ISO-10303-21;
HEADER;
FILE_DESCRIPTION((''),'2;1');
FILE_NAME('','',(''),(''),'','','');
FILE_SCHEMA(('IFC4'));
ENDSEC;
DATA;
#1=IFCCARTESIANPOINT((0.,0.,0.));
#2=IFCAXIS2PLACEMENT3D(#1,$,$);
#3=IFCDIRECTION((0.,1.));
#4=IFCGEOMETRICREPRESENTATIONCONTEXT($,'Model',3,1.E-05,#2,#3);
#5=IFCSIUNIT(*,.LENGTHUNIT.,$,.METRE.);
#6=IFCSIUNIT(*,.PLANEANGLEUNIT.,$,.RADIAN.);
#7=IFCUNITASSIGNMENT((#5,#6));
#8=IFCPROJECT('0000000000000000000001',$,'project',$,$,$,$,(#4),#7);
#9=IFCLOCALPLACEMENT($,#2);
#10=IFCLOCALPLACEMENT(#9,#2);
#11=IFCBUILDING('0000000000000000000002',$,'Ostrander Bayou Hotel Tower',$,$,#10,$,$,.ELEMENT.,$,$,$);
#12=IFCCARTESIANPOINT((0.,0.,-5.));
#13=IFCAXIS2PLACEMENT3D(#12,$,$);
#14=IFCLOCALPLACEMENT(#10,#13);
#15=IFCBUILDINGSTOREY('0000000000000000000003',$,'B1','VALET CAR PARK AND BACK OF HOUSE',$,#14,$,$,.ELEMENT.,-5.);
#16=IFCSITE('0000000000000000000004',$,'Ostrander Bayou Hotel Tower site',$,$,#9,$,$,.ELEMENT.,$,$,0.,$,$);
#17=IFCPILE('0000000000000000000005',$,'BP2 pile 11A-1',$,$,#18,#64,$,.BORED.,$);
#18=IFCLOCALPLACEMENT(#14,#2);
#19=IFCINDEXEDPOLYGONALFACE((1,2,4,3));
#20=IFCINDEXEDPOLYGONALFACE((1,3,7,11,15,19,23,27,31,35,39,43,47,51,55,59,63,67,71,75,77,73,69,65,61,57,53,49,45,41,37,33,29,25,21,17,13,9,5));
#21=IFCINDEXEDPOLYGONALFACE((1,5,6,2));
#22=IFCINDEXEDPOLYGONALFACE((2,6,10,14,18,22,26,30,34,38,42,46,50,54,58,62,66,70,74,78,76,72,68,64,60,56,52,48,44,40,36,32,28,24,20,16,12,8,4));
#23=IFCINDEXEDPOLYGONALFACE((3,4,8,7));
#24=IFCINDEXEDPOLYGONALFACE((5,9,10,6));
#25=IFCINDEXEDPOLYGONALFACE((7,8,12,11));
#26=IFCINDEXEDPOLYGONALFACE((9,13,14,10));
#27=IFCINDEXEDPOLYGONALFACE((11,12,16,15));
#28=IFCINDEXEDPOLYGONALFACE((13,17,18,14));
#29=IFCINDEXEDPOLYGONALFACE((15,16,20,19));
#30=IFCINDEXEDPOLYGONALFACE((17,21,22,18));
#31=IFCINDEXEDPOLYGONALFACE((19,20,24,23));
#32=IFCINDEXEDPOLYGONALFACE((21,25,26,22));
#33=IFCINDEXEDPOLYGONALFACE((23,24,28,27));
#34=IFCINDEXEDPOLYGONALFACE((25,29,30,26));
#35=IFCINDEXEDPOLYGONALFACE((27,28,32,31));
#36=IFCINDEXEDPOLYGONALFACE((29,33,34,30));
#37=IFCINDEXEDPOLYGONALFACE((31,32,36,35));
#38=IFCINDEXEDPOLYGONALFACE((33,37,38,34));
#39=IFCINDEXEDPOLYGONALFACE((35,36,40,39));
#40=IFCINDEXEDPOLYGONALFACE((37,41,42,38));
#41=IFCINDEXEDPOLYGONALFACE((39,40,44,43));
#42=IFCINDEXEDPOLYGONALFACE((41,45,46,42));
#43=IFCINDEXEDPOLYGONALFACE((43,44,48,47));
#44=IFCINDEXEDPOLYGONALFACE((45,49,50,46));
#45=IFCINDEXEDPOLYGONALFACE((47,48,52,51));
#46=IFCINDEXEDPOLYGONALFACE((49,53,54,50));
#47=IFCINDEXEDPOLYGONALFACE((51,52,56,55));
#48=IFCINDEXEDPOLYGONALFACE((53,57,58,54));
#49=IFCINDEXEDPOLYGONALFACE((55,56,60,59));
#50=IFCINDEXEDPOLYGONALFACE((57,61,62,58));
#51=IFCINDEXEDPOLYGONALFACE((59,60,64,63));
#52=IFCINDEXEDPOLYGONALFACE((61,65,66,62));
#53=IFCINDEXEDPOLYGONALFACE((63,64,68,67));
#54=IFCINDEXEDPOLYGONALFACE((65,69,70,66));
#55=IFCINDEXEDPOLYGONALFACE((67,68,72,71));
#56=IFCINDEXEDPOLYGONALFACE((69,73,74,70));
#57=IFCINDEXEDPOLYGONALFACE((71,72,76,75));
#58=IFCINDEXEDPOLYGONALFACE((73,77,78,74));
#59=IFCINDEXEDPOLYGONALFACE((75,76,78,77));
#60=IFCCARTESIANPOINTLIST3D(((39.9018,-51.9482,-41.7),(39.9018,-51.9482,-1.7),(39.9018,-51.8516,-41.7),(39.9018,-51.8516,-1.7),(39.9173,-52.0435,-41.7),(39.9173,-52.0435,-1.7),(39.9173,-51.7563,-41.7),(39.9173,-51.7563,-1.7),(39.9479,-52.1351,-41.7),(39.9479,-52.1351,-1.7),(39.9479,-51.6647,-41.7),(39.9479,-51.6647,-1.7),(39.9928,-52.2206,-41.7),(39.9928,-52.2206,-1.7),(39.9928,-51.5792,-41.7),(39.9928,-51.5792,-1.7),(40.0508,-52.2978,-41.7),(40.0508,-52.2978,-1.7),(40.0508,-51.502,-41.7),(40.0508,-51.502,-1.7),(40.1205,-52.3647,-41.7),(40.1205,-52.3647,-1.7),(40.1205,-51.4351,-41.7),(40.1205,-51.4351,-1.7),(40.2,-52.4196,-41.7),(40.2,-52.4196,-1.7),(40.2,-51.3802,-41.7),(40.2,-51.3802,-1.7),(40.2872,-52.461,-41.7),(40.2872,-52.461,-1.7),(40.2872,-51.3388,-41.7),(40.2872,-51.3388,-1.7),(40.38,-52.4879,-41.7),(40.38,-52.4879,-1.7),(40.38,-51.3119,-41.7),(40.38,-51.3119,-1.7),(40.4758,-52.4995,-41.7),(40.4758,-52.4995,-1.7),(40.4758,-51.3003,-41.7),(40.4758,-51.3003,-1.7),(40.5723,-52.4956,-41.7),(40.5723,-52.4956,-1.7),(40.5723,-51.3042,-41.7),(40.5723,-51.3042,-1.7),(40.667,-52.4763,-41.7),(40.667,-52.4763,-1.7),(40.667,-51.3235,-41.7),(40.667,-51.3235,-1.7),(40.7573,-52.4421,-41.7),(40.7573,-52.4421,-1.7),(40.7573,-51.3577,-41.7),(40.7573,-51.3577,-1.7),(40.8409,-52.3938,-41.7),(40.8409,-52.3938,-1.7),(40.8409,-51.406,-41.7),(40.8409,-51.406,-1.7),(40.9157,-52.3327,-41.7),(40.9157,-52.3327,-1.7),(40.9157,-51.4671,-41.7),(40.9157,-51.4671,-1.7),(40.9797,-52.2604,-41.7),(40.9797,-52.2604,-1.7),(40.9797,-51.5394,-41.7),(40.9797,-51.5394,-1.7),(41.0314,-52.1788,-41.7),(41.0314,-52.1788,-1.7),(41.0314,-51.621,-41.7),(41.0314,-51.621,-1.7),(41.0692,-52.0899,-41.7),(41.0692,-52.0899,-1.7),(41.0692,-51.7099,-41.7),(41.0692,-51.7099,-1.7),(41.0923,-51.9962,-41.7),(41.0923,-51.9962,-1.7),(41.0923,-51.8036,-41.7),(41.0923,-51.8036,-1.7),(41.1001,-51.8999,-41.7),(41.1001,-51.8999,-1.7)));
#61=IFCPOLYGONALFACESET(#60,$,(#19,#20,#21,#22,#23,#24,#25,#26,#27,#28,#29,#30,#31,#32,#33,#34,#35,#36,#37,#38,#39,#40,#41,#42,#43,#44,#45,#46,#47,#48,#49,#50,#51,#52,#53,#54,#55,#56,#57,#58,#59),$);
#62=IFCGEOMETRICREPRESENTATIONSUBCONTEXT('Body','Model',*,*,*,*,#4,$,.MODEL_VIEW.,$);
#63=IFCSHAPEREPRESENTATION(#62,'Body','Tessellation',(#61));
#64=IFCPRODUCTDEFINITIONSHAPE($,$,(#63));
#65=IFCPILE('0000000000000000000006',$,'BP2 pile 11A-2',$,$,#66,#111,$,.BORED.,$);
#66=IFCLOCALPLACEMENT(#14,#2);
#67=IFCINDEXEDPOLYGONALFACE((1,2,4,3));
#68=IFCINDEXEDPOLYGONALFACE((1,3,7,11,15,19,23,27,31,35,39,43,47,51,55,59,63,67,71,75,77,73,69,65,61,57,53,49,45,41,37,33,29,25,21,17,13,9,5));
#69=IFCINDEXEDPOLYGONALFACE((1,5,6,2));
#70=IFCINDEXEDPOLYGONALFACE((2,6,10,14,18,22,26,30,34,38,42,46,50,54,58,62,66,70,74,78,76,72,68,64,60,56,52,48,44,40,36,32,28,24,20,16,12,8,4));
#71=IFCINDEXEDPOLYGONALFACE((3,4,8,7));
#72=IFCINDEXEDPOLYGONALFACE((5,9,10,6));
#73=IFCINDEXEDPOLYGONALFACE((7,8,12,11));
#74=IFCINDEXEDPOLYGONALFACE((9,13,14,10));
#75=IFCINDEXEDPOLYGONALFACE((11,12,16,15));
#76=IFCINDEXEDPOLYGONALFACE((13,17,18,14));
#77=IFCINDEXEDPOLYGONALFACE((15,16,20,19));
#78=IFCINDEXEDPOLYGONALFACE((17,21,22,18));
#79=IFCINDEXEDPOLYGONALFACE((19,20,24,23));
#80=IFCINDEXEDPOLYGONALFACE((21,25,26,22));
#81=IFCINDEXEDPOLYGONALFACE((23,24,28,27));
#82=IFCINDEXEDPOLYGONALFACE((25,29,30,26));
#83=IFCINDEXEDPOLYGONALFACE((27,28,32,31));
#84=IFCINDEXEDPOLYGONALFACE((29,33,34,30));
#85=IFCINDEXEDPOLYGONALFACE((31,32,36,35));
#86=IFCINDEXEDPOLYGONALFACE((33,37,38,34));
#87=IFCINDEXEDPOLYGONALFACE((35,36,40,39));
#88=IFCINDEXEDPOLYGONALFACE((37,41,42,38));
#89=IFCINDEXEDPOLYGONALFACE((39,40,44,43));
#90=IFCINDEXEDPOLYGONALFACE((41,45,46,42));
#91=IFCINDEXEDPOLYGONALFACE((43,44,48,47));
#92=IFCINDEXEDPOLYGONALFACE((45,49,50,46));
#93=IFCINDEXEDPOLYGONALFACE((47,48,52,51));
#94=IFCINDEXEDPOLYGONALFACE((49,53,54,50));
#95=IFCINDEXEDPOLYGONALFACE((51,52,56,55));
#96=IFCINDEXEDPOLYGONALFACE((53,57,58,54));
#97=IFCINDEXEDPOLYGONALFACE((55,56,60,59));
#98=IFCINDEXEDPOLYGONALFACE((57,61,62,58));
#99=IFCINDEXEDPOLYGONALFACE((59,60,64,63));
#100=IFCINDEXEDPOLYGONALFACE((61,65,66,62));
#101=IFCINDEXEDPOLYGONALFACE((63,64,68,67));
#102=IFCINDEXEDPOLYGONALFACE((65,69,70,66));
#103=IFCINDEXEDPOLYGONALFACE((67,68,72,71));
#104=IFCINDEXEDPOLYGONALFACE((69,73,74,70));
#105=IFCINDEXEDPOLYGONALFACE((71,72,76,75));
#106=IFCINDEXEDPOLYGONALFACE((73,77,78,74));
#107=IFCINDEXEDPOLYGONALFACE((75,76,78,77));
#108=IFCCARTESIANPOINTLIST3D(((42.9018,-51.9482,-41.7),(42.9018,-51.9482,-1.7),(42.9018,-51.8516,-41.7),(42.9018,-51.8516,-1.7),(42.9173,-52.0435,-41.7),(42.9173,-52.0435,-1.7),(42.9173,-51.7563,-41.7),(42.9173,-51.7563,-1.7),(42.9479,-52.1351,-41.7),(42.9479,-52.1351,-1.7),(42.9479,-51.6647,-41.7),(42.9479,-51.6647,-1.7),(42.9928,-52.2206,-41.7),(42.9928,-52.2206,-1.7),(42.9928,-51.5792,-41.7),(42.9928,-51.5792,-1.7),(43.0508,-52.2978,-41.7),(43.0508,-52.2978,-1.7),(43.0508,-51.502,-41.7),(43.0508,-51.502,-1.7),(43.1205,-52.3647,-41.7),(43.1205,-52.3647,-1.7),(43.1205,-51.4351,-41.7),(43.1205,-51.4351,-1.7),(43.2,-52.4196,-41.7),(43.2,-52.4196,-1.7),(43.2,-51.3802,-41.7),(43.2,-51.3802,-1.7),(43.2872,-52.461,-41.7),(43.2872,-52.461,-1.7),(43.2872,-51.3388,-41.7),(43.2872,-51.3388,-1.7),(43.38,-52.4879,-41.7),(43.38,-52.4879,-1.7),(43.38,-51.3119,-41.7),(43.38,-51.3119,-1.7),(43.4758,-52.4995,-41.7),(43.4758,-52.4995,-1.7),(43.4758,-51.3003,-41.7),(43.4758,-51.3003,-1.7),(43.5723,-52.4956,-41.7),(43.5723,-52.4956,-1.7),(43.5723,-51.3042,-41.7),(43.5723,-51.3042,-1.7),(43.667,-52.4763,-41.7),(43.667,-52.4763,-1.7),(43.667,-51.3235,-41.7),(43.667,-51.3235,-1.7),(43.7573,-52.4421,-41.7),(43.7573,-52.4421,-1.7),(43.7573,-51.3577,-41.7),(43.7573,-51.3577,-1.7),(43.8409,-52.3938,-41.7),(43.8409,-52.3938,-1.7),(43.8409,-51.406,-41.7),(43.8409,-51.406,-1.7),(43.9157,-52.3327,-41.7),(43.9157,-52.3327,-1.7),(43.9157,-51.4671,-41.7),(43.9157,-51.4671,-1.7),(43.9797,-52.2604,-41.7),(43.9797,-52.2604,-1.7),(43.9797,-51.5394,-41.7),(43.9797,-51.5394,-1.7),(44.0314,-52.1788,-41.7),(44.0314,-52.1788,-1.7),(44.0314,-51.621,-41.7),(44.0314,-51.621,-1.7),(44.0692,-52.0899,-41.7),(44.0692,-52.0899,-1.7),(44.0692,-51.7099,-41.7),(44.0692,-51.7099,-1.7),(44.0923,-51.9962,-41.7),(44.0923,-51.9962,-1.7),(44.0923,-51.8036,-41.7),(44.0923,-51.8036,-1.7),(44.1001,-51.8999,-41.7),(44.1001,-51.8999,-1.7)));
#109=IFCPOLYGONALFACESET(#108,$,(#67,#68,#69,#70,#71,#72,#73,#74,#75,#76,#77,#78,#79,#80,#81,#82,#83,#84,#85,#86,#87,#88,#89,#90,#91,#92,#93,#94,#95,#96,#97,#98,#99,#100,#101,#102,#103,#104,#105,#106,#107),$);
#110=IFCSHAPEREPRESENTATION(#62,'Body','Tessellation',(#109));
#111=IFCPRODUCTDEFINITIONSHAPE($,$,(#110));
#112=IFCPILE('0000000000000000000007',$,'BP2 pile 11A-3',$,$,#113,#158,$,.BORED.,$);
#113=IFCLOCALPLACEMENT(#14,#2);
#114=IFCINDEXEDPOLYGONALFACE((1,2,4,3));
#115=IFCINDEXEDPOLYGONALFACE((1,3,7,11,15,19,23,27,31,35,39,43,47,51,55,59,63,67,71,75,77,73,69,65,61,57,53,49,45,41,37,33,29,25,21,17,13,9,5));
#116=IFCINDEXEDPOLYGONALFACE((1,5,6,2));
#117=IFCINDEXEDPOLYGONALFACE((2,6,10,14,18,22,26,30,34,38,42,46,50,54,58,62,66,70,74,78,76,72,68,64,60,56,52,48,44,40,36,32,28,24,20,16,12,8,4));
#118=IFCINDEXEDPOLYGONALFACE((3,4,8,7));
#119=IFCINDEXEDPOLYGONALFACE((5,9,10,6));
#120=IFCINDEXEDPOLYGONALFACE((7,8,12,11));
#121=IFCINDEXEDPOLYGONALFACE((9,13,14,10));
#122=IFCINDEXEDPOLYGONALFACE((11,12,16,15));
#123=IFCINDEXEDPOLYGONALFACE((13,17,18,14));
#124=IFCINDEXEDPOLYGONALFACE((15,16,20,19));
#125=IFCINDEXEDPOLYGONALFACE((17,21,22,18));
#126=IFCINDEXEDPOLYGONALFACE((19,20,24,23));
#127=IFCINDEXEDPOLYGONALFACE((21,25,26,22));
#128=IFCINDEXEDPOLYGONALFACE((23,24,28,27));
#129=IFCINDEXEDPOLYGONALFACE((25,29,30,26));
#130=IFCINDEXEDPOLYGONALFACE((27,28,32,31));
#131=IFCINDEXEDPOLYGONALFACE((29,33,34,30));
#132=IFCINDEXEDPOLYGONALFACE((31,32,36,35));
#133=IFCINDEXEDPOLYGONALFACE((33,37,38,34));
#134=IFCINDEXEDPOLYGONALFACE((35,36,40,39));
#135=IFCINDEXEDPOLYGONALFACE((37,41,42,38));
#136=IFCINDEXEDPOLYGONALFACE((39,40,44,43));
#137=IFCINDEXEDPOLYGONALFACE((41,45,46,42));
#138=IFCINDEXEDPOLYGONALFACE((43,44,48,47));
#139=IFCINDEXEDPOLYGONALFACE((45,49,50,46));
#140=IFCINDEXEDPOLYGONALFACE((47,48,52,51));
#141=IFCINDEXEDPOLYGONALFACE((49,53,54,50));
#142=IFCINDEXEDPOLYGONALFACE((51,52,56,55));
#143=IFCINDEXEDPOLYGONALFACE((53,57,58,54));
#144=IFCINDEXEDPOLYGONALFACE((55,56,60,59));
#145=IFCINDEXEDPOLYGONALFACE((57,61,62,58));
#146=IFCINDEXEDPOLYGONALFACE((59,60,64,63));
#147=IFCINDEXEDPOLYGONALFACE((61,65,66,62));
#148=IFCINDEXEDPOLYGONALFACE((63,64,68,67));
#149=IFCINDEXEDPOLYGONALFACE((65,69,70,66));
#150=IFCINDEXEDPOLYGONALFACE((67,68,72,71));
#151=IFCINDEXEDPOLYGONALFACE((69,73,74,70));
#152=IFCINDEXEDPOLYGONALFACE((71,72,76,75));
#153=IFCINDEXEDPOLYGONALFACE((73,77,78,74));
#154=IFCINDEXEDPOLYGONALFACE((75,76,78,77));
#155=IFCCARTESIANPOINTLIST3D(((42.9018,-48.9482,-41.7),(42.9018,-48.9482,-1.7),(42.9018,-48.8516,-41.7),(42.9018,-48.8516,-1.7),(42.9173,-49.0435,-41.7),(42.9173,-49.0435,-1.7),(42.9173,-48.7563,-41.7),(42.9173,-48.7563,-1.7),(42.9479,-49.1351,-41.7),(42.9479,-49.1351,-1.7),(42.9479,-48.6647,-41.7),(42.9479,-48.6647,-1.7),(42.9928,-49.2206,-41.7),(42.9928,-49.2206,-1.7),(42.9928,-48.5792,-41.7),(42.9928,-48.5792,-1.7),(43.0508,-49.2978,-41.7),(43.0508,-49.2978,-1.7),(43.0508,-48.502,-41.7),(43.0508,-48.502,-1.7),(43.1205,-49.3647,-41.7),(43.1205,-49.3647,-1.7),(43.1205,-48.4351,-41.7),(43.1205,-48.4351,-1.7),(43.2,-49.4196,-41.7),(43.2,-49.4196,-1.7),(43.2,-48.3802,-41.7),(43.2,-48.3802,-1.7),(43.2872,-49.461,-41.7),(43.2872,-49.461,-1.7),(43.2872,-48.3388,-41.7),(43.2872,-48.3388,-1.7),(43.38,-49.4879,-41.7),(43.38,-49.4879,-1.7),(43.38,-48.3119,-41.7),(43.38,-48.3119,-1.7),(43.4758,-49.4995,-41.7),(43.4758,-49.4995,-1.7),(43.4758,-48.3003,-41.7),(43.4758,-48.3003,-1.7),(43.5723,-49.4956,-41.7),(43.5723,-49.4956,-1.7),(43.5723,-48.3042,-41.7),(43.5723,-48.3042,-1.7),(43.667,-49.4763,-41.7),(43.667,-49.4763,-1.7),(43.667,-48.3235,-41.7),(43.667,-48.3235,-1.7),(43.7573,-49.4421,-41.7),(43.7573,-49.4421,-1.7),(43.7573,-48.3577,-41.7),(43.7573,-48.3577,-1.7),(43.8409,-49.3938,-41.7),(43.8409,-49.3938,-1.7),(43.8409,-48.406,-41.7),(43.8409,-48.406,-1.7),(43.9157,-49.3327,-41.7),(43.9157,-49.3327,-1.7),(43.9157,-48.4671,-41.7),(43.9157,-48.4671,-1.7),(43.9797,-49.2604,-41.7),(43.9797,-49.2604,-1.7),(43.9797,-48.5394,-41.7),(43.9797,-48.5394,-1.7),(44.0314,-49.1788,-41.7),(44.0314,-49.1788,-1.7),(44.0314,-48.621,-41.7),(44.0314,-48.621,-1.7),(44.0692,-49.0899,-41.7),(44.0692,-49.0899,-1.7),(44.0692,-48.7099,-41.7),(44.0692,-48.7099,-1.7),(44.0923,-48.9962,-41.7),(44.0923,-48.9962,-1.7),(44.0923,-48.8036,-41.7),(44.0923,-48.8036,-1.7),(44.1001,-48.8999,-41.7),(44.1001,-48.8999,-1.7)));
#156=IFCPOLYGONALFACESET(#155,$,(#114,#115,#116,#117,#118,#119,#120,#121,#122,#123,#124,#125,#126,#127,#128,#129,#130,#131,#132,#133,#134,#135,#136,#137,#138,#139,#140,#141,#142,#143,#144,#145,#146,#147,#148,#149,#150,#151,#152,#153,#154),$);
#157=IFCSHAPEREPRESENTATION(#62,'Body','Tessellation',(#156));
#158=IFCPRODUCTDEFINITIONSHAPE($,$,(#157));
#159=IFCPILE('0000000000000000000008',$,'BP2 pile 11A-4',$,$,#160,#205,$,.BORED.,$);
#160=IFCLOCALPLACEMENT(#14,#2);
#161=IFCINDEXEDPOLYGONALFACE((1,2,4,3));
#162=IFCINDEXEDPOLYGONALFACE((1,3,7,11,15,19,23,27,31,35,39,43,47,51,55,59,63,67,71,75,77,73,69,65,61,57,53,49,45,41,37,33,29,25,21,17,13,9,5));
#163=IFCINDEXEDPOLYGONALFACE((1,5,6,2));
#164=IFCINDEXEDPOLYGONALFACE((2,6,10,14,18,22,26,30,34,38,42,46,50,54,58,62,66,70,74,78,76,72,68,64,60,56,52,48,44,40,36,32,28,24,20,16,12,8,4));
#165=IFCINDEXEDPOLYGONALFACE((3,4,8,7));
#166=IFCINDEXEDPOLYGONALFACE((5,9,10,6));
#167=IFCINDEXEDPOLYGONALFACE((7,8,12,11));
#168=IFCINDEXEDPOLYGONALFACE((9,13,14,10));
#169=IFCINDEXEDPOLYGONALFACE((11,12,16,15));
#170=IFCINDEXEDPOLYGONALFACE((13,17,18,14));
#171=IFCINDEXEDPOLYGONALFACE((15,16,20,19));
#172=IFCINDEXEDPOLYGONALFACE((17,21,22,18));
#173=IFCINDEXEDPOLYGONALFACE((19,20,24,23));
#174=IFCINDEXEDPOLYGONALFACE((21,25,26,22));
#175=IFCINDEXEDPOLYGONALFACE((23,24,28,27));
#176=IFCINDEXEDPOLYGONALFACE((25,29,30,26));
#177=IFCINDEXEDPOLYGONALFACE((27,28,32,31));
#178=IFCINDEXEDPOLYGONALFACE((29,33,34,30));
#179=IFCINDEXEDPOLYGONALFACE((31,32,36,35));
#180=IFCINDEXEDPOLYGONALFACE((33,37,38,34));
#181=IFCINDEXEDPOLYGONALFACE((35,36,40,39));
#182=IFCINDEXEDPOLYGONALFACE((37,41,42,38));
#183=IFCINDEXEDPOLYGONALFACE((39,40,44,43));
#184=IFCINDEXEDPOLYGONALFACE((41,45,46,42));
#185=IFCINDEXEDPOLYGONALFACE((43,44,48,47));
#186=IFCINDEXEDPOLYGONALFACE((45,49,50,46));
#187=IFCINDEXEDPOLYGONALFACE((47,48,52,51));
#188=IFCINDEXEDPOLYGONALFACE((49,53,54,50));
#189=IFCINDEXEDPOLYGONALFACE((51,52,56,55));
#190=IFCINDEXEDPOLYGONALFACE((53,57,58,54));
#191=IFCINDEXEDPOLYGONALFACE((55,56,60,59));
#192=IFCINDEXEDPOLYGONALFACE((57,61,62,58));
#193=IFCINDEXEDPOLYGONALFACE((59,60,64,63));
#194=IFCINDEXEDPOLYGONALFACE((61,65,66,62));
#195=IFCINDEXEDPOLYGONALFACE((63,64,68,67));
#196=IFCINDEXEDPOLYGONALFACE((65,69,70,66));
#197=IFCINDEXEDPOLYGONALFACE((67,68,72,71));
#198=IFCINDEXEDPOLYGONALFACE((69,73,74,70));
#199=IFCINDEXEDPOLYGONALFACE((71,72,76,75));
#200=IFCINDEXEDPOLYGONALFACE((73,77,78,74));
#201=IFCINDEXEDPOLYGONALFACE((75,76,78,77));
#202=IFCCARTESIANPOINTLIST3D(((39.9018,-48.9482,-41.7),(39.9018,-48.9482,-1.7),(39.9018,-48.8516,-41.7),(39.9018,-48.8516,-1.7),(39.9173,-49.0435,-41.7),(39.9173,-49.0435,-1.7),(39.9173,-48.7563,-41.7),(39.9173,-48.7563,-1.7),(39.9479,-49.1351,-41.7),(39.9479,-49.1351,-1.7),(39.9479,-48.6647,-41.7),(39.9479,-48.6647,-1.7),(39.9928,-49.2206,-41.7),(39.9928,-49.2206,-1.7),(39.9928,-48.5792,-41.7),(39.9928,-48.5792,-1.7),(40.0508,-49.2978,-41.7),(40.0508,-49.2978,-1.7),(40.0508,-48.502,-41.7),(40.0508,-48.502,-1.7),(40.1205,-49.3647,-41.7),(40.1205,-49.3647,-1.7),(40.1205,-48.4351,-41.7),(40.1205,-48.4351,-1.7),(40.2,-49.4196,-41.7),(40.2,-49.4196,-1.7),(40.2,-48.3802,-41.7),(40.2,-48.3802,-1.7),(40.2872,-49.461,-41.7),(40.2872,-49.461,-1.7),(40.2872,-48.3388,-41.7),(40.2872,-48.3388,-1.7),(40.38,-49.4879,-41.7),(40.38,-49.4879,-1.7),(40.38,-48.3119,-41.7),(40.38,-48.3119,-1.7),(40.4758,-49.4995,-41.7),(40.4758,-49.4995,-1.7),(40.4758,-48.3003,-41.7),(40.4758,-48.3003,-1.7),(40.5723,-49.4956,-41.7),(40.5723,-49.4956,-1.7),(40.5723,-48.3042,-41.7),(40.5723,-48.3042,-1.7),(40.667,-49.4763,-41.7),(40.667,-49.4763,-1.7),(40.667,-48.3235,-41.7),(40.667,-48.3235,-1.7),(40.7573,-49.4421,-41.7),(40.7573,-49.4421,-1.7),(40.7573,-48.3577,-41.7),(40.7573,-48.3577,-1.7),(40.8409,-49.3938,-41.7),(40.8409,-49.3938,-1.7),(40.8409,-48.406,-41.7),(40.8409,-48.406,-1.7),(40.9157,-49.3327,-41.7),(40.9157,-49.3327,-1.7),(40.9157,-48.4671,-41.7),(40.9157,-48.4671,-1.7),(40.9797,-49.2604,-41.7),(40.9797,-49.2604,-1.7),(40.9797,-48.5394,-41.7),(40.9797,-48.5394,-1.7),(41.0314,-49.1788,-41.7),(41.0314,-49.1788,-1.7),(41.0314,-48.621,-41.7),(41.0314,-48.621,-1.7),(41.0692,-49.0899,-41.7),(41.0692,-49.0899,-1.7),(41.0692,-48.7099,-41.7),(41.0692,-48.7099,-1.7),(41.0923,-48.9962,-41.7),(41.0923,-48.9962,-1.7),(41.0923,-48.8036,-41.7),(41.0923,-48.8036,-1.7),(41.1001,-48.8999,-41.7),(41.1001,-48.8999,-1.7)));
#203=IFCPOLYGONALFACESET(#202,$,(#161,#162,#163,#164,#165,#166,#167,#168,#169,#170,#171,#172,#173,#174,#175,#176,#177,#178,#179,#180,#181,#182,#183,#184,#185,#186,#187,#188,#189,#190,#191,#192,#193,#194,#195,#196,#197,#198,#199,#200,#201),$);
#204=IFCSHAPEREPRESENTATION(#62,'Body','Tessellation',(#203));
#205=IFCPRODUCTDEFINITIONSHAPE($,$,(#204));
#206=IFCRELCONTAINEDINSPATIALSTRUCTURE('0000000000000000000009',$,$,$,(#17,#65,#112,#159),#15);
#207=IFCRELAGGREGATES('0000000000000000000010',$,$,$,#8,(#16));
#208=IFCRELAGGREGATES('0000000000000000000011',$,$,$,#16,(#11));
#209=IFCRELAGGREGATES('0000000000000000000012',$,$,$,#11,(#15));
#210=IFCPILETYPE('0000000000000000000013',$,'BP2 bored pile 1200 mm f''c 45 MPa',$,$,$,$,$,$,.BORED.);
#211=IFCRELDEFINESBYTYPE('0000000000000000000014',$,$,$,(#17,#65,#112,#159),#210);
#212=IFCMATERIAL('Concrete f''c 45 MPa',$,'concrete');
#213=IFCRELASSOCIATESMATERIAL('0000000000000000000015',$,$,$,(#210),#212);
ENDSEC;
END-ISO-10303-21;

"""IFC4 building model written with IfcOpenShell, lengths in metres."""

from ifc_helpers import new_model, si_unit, direction, frame, origin, origin_2d, place, context, subcontext, project, spatial, circle, extrude, material, material_profile, profile_set, type_object, element, save


model = new_model("IFC4")

# Units and contexts
model_context = context("Model", 3, precision=1e-05, world=origin(), true_north=direction((0.0, 1.0)))
body_context = subcontext(model_context, "Body", "Model", "MODEL_VIEW")
ifc_project = project(units=[si_unit("LENGTHUNIT", "METRE"), si_unit("PLANEANGLEUNIT", "RADIAN")], contexts=[model_context])

# Site, building, storey
site_placement = place(None, origin())
site = spatial("IfcSite", under=ifc_project, at=site_placement, Name="Ostrander Bayou Hotel Tower site", CompositionType="ELEMENT", RefElevation=0.0)
building_placement = place(site_placement, origin())
building = spatial("IfcBuilding", under=site, at=building_placement, Name="Ostrander Bayou Hotel Tower", CompositionType="ELEMENT")
storey_placement = place(building_placement, frame((0.0, 0.0, -5.0)))
storey = spatial("IfcBuildingStorey", under=building, at=storey_placement, Name="B1", Description="VALET CAR PARK AND BACK OF HOUSE", CompositionType="ELEMENT", Elevation=-5.0)

# Piles
ifc_material_1 = material(Name="Concrete f'c 45 MPa", Category="concrete")
ifc_material_profile_1 = material_profile(ifc_material_1, circle(Radius=0.6001, at=origin_2d()))
ifc_profile_set_1 = profile_set([ifc_material_profile_1], Name="Concrete f'c 45 MPa")
pile_type = type_object("IfcPileType", Name="BP2 bored pile 1200 mm f'c 45 MPa", PredefinedType="BORED", material=ifc_profile_set_1)
for number, where, z_axis, x_axis, name in (
    (1, (40.5, -51.8999, -1.7), (0.0, 0.0, -1.0), (1.0, 0.0, 0.0), "BP2 pile 11A-1"),
    (2, (43.5, -51.8999, -1.7), (0.0, 0.0, -1.0), (1.0, 0.0, 0.0), "BP2 pile 11A-2"),
    (3, (43.5, -48.8999, -1.7), (0.0, 0.0, -1.0), (1.0, 0.0, 0.0), "BP2 pile 11A-3"),
    (4, (40.5, -48.8999, -1.7), (0.0, 0.0, -1.0), (1.0, 0.0, 0.0), "BP2 pile 11A-4"),
):
    element("IfcPile", number, at=place(storey_placement, frame(where, z_axis=z_axis, x_axis=x_axis)), inside=storey, type_object=pile_type, Name=name, PredefinedType="BORED", context=body_context, shape_type="SweptSolid", body=[
        extrude(circle(Radius=0.6001, at=origin_2d()), origin(), (0.0, 0.0, 1.0), 40.0),
    ])

save(model, "model.ifc")
